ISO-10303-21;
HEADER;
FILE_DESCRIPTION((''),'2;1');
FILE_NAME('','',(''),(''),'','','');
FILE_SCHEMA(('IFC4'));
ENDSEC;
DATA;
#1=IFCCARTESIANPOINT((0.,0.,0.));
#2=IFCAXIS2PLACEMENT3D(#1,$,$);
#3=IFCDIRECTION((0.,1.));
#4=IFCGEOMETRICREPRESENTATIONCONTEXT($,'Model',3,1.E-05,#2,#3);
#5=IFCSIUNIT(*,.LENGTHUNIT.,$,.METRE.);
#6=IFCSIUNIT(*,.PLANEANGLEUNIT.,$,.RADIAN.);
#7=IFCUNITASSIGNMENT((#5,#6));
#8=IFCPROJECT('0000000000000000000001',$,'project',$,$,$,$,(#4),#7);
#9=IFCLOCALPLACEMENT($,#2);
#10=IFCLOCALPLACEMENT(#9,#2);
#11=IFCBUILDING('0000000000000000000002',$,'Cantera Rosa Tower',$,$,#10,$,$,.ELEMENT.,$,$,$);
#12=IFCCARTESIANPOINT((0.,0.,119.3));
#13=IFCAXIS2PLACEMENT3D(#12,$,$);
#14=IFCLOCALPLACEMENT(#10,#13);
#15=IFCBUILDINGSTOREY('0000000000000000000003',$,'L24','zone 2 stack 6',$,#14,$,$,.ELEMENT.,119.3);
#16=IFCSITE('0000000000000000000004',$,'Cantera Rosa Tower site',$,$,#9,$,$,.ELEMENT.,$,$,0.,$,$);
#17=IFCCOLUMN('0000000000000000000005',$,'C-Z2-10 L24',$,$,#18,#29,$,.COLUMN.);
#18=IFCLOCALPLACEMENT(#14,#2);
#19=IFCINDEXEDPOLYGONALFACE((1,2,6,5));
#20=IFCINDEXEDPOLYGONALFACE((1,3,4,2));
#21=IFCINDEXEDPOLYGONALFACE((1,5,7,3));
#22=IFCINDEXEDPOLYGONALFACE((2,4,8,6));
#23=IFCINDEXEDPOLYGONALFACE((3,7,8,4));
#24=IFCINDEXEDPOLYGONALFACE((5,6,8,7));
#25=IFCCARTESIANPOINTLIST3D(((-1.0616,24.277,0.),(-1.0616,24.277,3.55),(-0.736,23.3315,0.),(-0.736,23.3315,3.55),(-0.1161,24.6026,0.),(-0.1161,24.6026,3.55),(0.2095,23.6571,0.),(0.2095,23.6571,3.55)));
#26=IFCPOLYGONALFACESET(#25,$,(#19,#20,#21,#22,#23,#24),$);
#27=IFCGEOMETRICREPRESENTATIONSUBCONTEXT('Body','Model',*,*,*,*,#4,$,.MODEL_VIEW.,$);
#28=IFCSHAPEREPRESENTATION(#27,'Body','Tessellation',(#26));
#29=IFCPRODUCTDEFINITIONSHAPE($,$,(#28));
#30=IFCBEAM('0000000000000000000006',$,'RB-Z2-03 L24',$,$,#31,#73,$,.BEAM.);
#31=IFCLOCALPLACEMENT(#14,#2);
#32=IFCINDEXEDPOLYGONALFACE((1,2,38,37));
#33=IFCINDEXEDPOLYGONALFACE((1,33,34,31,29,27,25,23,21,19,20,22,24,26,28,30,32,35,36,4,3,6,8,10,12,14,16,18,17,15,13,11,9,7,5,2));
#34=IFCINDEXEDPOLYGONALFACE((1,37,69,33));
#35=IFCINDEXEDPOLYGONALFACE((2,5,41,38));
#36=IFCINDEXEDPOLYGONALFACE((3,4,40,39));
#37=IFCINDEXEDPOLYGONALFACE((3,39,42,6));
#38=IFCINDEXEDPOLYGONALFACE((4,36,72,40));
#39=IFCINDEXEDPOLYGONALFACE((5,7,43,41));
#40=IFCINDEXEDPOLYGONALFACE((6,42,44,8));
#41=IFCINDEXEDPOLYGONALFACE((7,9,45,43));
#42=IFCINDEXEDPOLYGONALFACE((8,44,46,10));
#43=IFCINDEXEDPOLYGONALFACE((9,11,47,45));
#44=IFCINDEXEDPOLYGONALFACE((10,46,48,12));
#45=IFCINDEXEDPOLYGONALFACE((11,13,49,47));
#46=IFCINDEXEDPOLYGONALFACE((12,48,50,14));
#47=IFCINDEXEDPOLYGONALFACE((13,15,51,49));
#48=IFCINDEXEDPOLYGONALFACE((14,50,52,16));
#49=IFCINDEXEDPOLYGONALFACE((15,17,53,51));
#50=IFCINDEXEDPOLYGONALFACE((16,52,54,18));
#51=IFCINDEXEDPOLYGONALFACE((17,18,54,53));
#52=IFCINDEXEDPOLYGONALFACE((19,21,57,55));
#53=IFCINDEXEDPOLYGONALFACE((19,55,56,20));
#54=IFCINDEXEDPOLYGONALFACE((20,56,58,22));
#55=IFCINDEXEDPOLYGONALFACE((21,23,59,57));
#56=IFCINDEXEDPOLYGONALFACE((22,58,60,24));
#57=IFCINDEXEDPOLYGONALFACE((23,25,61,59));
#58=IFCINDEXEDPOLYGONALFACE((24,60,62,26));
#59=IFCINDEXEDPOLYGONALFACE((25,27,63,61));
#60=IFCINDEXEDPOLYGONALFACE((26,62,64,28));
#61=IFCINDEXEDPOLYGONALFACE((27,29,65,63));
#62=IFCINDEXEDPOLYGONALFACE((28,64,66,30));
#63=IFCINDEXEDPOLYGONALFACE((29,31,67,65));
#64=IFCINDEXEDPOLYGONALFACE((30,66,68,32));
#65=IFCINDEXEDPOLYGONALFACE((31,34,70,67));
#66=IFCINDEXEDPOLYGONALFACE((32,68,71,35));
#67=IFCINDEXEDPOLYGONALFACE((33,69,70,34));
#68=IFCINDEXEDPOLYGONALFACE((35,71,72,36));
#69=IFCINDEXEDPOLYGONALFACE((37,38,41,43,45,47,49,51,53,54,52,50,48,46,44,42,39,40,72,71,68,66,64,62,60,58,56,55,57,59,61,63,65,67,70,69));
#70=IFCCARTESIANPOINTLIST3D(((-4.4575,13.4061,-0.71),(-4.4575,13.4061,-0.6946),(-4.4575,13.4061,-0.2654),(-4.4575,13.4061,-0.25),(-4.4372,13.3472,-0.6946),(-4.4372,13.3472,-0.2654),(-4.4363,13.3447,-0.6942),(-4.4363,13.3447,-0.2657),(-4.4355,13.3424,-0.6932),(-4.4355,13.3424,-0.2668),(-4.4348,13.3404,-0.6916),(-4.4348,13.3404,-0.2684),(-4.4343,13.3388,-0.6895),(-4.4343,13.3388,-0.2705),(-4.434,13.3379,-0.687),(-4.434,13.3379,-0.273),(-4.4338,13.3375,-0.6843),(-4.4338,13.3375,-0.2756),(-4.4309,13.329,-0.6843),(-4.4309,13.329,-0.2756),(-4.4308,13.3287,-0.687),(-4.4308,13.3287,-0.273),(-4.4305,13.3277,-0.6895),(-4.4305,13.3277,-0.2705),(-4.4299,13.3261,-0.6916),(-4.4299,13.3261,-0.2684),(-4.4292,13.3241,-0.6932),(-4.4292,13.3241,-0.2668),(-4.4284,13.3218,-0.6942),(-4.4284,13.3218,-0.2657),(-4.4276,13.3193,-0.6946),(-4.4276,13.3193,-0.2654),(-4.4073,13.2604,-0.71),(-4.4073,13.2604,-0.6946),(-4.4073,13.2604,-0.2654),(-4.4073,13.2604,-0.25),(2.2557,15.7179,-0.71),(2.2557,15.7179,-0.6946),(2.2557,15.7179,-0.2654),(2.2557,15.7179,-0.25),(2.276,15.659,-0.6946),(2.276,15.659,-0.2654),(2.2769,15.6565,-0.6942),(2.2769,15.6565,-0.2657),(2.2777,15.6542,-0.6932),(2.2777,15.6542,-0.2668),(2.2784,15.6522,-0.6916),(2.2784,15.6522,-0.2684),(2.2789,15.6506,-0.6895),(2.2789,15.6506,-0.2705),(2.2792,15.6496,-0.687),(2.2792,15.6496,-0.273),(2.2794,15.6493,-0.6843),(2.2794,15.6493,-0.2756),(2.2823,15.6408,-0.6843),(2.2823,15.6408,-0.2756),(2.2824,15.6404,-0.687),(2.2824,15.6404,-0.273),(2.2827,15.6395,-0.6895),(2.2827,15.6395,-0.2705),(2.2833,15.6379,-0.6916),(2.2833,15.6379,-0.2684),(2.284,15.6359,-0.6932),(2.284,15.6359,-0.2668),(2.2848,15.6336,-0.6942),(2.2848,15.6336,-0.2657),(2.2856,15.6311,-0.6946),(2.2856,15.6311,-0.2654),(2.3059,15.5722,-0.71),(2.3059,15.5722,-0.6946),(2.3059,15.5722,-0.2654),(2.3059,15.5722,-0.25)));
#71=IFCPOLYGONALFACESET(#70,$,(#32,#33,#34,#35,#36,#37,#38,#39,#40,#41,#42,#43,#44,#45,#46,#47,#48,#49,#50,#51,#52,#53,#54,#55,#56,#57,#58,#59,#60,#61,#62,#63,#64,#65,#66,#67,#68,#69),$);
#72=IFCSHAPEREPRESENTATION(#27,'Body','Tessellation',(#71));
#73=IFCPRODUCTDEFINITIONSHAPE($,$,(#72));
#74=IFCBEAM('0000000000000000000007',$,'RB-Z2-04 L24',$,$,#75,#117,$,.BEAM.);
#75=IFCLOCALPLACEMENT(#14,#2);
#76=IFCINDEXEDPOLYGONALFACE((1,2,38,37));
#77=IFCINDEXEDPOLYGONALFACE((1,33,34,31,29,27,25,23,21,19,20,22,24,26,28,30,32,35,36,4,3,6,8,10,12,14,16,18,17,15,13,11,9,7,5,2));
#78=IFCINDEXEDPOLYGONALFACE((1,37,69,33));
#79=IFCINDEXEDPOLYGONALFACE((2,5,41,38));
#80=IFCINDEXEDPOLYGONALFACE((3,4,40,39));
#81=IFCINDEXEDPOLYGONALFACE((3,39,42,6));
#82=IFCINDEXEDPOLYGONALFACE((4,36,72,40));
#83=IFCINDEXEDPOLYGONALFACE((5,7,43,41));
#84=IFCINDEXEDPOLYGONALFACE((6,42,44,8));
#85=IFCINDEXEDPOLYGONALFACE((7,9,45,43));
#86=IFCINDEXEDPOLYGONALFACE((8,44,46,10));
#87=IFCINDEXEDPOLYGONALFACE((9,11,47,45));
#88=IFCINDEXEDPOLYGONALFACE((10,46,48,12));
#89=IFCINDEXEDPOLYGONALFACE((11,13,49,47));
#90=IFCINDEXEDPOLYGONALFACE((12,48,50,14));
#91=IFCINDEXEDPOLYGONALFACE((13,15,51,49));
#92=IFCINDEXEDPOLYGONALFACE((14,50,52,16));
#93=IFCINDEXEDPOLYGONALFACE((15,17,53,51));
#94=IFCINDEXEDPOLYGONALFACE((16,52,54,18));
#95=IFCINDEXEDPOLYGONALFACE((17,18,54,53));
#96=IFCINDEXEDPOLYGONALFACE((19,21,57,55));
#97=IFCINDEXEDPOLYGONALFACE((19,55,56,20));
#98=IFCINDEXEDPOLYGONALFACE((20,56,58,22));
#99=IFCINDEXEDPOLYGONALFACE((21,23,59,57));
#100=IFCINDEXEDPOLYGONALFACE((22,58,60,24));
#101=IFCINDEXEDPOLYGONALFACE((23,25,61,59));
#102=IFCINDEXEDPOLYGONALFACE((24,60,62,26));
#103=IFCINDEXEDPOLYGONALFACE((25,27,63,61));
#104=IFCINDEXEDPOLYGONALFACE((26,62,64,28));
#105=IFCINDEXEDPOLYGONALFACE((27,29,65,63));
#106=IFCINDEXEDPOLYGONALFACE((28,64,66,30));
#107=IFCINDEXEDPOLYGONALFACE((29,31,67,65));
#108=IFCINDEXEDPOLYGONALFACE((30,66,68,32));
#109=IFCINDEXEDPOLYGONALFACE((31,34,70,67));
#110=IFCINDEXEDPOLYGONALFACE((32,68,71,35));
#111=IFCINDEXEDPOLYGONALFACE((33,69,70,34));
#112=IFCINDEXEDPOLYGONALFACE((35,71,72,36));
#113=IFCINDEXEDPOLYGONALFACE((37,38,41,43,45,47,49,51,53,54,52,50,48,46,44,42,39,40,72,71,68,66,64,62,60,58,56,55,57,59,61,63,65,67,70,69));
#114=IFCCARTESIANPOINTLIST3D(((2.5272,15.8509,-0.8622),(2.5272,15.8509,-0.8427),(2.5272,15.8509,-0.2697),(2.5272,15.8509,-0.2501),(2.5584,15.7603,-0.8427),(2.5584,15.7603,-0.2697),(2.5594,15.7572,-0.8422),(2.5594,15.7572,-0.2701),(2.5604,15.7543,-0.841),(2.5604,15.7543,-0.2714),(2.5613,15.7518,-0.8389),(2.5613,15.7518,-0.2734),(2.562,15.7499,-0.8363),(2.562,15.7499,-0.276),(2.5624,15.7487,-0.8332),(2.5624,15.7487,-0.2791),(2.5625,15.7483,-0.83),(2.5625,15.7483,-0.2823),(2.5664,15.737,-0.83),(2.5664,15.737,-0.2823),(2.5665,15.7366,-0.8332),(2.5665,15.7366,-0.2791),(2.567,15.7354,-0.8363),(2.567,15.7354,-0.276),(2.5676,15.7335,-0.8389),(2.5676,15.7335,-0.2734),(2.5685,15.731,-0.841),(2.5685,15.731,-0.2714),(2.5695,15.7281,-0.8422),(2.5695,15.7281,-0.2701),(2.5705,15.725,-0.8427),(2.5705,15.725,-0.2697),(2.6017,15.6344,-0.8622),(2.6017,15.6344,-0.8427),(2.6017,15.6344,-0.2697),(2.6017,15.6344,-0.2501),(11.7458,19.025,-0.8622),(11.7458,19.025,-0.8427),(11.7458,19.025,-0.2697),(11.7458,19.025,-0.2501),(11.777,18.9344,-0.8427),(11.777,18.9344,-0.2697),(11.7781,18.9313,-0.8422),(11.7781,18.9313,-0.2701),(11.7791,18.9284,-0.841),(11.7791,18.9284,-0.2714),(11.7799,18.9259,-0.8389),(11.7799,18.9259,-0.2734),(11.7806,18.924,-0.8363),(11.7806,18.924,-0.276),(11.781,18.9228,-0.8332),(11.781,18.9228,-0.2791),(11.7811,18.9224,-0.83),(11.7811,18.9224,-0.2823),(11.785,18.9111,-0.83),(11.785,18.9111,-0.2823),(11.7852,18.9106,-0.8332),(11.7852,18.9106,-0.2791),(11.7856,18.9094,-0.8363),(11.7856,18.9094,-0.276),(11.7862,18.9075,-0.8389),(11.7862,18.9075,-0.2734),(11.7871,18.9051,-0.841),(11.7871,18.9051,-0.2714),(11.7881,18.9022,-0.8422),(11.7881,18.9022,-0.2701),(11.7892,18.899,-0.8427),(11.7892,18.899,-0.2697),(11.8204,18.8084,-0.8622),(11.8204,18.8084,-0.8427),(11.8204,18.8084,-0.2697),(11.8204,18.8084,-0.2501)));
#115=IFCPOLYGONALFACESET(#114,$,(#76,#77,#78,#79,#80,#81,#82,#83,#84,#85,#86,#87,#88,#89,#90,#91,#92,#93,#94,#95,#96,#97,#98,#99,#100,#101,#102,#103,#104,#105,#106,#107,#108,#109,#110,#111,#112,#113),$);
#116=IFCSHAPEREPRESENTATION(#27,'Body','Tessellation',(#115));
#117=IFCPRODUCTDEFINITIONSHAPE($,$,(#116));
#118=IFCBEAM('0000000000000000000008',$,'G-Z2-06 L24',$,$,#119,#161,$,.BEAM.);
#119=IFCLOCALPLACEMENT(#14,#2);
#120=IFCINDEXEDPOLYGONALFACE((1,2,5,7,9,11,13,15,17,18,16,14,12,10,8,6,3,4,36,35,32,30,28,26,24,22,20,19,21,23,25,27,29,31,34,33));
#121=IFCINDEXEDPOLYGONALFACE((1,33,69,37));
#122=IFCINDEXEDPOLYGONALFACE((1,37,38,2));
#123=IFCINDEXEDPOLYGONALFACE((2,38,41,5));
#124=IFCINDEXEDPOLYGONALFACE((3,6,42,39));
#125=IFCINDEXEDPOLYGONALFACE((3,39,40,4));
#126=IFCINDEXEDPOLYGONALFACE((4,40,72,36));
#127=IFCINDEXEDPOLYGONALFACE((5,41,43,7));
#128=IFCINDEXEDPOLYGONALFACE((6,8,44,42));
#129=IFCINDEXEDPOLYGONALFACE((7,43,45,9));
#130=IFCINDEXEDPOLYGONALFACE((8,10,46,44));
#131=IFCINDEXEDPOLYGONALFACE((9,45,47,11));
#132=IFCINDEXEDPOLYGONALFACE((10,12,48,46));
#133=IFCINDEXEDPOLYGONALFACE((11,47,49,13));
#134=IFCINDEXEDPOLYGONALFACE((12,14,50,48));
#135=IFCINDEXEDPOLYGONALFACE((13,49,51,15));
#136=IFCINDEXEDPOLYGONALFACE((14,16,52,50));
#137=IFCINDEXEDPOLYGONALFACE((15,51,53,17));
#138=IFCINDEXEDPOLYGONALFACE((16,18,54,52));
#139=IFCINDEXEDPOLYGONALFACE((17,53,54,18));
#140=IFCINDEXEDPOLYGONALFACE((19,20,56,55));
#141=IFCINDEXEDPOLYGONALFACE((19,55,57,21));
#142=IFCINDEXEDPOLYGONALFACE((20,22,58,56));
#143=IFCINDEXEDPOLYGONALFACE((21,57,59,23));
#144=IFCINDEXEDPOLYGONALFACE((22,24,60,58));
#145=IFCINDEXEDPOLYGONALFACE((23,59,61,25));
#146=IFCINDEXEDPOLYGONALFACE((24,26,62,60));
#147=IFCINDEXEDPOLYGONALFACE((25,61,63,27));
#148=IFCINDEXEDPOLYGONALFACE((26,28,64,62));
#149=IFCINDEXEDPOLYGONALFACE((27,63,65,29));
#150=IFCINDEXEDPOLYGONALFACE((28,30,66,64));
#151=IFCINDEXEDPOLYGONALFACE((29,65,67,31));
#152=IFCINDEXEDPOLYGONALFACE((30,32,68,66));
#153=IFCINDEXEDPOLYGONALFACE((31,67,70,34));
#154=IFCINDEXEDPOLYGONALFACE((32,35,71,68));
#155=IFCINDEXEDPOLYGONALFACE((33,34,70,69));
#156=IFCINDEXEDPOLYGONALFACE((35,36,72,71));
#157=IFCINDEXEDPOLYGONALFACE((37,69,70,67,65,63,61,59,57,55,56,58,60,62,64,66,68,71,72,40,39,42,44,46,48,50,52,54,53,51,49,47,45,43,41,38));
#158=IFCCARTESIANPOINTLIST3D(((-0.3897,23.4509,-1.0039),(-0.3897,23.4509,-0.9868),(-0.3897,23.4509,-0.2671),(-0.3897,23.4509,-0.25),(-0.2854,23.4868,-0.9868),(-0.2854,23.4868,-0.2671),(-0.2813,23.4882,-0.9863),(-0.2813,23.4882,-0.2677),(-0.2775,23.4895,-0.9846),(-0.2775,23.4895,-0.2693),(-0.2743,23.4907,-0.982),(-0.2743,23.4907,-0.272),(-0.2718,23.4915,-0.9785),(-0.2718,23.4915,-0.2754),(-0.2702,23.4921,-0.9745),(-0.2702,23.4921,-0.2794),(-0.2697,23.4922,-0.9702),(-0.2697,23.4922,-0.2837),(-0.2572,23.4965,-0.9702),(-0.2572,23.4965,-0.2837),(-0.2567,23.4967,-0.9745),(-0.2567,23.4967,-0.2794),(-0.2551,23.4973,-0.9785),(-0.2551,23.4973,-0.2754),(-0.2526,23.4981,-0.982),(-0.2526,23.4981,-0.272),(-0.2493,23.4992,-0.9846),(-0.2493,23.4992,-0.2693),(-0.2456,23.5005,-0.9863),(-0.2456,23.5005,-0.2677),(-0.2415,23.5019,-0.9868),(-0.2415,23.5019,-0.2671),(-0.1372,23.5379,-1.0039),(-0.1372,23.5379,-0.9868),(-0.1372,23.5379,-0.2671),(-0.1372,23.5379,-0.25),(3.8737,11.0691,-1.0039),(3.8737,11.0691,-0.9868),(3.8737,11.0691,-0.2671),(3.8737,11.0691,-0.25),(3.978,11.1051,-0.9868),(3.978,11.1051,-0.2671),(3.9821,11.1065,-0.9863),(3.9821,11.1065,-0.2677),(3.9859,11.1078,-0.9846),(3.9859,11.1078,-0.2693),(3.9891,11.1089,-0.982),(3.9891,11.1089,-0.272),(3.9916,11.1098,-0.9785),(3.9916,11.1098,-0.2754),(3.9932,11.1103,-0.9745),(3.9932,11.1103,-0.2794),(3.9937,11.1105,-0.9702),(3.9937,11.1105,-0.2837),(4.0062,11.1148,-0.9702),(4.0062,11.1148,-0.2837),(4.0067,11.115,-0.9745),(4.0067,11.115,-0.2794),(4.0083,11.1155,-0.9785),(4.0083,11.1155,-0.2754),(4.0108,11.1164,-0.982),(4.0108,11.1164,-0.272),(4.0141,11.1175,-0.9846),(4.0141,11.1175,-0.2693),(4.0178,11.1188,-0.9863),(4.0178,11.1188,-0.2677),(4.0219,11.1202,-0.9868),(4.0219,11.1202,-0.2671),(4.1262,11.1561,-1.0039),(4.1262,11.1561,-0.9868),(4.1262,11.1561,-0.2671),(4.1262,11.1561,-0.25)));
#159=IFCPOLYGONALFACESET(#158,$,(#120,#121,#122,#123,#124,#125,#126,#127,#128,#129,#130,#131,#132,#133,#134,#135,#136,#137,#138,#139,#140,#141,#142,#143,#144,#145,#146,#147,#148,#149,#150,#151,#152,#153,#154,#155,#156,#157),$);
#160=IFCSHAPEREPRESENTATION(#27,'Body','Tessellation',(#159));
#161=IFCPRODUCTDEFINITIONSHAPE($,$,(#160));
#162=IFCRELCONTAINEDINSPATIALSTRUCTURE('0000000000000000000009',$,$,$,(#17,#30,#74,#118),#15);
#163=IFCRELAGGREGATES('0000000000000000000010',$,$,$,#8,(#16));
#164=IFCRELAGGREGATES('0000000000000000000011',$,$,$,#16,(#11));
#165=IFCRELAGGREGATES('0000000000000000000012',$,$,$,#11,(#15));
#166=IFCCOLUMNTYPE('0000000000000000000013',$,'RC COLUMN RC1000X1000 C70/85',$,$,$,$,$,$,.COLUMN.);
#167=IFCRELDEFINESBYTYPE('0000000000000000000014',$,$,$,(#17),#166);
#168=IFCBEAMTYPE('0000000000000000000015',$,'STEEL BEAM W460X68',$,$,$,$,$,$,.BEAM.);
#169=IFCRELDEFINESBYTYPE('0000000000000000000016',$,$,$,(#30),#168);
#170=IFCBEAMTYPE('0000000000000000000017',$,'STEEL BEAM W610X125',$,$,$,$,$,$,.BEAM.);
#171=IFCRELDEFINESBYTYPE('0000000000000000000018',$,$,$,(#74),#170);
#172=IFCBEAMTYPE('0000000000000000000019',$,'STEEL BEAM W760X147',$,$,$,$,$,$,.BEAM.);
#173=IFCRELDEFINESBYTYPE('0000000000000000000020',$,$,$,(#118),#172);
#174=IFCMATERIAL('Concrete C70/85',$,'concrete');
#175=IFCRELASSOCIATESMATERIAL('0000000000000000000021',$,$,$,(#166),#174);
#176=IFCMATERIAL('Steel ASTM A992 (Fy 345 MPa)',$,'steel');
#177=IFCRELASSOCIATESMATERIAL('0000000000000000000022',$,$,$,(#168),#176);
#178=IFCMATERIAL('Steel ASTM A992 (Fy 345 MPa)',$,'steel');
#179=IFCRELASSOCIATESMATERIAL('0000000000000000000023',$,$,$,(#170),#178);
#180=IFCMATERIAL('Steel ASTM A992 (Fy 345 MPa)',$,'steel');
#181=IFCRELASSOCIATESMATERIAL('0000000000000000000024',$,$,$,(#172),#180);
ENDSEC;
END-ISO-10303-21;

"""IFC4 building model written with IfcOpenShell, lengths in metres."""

from ifc_helpers import new_model, si_unit, direction, frame, origin, origin_2d, place, context, subcontext, project, spatial, rectangle, i_section, extrude, material, material_profile, profile_set, type_object, element, save


model = new_model("IFC4")

# Units and contexts
model_context = context("Model", 3, precision=1e-05, world=origin(), true_north=direction((0.0, 1.0)))
body_context = subcontext(model_context, "Body", "Model", "MODEL_VIEW")
ifc_project = project(units=[si_unit("LENGTHUNIT", "METRE"), si_unit("PLANEANGLEUNIT", "RADIAN")], contexts=[model_context])

# Site, building, storey
site_placement = place(None, origin())
site = spatial("IfcSite", under=ifc_project, at=site_placement, Name="Cantera Rosa Tower site", CompositionType="ELEMENT", RefElevation=0.0)
building_placement = place(site_placement, origin())
building = spatial("IfcBuilding", under=site, at=building_placement, Name="Cantera Rosa Tower", CompositionType="ELEMENT")
storey_placement = place(building_placement, frame((0.0, 0.0, 119.3)))
storey = spatial("IfcBuildingStorey", under=building, at=storey_placement, Name="L24", Description="zone 2 stack 6", CompositionType="ELEMENT", Elevation=119.3)

# Column
ifc_material_1 = material(Name="Concrete C70/85", Category="concrete")
ifc_material_profile_1 = material_profile(ifc_material_1, rectangle(XDim=1.0, YDim=1.0, at=origin_2d()), Name="RC COLUMN RC1000X1000 C70/85")
ifc_profile_set_1 = profile_set([ifc_material_profile_1], Name="Concrete C70/85")
column_type = type_object("IfcColumnType", Name="RC COLUMN RC1000X1000 C70/85", PredefinedType="COLUMN", material=ifc_profile_set_1)
column_placement = place(storey_placement, frame((-0.426, 23.967, 0.0), z_axis=(0.0, 0.0, 1.0), x_axis=(0.945519, 0.325568, 0.0)))
element("IfcColumn", 1, at=column_placement, inside=storey, type_object=column_type, Name="C-Z2-10 L24", PredefinedType="COLUMN", context=body_context, shape_type="SweptSolid", body=[
    extrude(rectangle(XDim=1.0, YDim=1.0, at=origin_2d()), origin(), (0.0, 0.0, 1.0), 3.55),
])

# Beams
ifc_material_2 = material(Name="Steel ASTM A992 (Fy 345 MPa)", Category="steel")
ifc_material_profile_2 = material_profile(ifc_material_2, i_section(OverallWidth=0.1541, OverallDepth=0.46, WebThickness=0.009, FlangeThickness=0.0154, FilletRadius=0.0103, at=origin_2d()), Name="W460X68")
ifc_profile_set_2 = profile_set([ifc_material_profile_2], Name="Steel ASTM A992 (Fy 345 MPa)")
beam_type_1 = type_object("IfcBeamType", Name="STEEL BEAM W460X68", PredefinedType="BEAM", material=ifc_profile_set_2)
beam_1_placement = place(storey_placement, frame((-4.4324, 13.3333, -0.48), z_axis=(0.945508, 0.3256, 0.0), x_axis=(-0.3256, 0.945508, 0.0)))
element("IfcBeam", 2, at=beam_1_placement, inside=storey, type_object=beam_type_1, Name="RB-Z2-03 L24", PredefinedType="BEAM", context=body_context, shape_type="SweptSolid", body=[
    extrude(i_section(OverallWidth=0.1541, OverallDepth=0.46, WebThickness=0.009, FlangeThickness=0.0154, FilletRadius=0.0103, at=origin_2d()), origin(), (0.0, 0.0, 1.0), 7.1001),
])
ifc_material_3 = material(Name="Steel ASTM A992 (Fy 345 MPa)", Category="steel")
ifc_material_profile_3 = material_profile(ifc_material_3, i_section(OverallWidth=0.229, OverallDepth=0.6121, WebThickness=0.012, FlangeThickness=0.0195, FilletRadius=0.0127, at=origin_2d()), Name="W610X125")
ifc_profile_set_3 = profile_set([ifc_material_profile_3], Name="Steel ASTM A992 (Fy 345 MPa)")
beam_type_2 = type_object("IfcBeamType", Name="STEEL BEAM W610X125", PredefinedType="BEAM", material=ifc_profile_set_3)
beam_2_placement = place(storey_placement, frame((2.5645, 15.7427, -0.5562), z_axis=(0.945525, 0.32555, 0.0), x_axis=(-0.32555, 0.945525, 0.0)))
element("IfcBeam", 3, at=beam_2_placement, inside=storey, type_object=beam_type_2, Name="RB-Z2-04 L24", PredefinedType="BEAM", context=body_context, shape_type="SweptSolid", body=[
    extrude(i_section(OverallWidth=0.229, OverallDepth=0.6121, WebThickness=0.012, FlangeThickness=0.0195, FilletRadius=0.0127, at=origin_2d()), origin(), (0.0, 0.0, 1.0), 9.7498),
])
ifc_material_4 = material(Name="Steel ASTM A992 (Fy 345 MPa)", Category="steel")
ifc_material_profile_4 = material_profile(ifc_material_4, i_section(OverallWidth=0.2671, OverallDepth=0.7539, WebThickness=0.0132, FlangeThickness=0.0171, FilletRadius=0.0166, at=origin_2d()), Name="W760X147")
ifc_profile_set_4 = profile_set([ifc_material_profile_4], Name="Steel ASTM A992 (Fy 345 MPa)")
beam_type_3 = type_object("IfcBeamType", Name="STEEL BEAM W760X147", PredefinedType="BEAM", material=ifc_profile_set_4)
beam_3_placement = place(storey_placement, frame((-0.2634, 23.4944, -0.627), z_axis=(0.32557, -0.945518, 0.0), x_axis=(0.945518, 0.32557, 0.0)))
element("IfcBeam", 4, at=beam_3_placement, inside=storey, type_object=beam_type_3, Name="G-Z2-06 L24", PredefinedType="BEAM", context=body_context, shape_type="SweptSolid", body=[
    extrude(i_section(OverallWidth=0.2671, OverallDepth=0.7539, WebThickness=0.0132, FlangeThickness=0.0171, FilletRadius=0.0166, at=origin_2d()), origin(), (0.0, 0.0, 1.0), 13.0952),
])

save(model, "model.ifc")
